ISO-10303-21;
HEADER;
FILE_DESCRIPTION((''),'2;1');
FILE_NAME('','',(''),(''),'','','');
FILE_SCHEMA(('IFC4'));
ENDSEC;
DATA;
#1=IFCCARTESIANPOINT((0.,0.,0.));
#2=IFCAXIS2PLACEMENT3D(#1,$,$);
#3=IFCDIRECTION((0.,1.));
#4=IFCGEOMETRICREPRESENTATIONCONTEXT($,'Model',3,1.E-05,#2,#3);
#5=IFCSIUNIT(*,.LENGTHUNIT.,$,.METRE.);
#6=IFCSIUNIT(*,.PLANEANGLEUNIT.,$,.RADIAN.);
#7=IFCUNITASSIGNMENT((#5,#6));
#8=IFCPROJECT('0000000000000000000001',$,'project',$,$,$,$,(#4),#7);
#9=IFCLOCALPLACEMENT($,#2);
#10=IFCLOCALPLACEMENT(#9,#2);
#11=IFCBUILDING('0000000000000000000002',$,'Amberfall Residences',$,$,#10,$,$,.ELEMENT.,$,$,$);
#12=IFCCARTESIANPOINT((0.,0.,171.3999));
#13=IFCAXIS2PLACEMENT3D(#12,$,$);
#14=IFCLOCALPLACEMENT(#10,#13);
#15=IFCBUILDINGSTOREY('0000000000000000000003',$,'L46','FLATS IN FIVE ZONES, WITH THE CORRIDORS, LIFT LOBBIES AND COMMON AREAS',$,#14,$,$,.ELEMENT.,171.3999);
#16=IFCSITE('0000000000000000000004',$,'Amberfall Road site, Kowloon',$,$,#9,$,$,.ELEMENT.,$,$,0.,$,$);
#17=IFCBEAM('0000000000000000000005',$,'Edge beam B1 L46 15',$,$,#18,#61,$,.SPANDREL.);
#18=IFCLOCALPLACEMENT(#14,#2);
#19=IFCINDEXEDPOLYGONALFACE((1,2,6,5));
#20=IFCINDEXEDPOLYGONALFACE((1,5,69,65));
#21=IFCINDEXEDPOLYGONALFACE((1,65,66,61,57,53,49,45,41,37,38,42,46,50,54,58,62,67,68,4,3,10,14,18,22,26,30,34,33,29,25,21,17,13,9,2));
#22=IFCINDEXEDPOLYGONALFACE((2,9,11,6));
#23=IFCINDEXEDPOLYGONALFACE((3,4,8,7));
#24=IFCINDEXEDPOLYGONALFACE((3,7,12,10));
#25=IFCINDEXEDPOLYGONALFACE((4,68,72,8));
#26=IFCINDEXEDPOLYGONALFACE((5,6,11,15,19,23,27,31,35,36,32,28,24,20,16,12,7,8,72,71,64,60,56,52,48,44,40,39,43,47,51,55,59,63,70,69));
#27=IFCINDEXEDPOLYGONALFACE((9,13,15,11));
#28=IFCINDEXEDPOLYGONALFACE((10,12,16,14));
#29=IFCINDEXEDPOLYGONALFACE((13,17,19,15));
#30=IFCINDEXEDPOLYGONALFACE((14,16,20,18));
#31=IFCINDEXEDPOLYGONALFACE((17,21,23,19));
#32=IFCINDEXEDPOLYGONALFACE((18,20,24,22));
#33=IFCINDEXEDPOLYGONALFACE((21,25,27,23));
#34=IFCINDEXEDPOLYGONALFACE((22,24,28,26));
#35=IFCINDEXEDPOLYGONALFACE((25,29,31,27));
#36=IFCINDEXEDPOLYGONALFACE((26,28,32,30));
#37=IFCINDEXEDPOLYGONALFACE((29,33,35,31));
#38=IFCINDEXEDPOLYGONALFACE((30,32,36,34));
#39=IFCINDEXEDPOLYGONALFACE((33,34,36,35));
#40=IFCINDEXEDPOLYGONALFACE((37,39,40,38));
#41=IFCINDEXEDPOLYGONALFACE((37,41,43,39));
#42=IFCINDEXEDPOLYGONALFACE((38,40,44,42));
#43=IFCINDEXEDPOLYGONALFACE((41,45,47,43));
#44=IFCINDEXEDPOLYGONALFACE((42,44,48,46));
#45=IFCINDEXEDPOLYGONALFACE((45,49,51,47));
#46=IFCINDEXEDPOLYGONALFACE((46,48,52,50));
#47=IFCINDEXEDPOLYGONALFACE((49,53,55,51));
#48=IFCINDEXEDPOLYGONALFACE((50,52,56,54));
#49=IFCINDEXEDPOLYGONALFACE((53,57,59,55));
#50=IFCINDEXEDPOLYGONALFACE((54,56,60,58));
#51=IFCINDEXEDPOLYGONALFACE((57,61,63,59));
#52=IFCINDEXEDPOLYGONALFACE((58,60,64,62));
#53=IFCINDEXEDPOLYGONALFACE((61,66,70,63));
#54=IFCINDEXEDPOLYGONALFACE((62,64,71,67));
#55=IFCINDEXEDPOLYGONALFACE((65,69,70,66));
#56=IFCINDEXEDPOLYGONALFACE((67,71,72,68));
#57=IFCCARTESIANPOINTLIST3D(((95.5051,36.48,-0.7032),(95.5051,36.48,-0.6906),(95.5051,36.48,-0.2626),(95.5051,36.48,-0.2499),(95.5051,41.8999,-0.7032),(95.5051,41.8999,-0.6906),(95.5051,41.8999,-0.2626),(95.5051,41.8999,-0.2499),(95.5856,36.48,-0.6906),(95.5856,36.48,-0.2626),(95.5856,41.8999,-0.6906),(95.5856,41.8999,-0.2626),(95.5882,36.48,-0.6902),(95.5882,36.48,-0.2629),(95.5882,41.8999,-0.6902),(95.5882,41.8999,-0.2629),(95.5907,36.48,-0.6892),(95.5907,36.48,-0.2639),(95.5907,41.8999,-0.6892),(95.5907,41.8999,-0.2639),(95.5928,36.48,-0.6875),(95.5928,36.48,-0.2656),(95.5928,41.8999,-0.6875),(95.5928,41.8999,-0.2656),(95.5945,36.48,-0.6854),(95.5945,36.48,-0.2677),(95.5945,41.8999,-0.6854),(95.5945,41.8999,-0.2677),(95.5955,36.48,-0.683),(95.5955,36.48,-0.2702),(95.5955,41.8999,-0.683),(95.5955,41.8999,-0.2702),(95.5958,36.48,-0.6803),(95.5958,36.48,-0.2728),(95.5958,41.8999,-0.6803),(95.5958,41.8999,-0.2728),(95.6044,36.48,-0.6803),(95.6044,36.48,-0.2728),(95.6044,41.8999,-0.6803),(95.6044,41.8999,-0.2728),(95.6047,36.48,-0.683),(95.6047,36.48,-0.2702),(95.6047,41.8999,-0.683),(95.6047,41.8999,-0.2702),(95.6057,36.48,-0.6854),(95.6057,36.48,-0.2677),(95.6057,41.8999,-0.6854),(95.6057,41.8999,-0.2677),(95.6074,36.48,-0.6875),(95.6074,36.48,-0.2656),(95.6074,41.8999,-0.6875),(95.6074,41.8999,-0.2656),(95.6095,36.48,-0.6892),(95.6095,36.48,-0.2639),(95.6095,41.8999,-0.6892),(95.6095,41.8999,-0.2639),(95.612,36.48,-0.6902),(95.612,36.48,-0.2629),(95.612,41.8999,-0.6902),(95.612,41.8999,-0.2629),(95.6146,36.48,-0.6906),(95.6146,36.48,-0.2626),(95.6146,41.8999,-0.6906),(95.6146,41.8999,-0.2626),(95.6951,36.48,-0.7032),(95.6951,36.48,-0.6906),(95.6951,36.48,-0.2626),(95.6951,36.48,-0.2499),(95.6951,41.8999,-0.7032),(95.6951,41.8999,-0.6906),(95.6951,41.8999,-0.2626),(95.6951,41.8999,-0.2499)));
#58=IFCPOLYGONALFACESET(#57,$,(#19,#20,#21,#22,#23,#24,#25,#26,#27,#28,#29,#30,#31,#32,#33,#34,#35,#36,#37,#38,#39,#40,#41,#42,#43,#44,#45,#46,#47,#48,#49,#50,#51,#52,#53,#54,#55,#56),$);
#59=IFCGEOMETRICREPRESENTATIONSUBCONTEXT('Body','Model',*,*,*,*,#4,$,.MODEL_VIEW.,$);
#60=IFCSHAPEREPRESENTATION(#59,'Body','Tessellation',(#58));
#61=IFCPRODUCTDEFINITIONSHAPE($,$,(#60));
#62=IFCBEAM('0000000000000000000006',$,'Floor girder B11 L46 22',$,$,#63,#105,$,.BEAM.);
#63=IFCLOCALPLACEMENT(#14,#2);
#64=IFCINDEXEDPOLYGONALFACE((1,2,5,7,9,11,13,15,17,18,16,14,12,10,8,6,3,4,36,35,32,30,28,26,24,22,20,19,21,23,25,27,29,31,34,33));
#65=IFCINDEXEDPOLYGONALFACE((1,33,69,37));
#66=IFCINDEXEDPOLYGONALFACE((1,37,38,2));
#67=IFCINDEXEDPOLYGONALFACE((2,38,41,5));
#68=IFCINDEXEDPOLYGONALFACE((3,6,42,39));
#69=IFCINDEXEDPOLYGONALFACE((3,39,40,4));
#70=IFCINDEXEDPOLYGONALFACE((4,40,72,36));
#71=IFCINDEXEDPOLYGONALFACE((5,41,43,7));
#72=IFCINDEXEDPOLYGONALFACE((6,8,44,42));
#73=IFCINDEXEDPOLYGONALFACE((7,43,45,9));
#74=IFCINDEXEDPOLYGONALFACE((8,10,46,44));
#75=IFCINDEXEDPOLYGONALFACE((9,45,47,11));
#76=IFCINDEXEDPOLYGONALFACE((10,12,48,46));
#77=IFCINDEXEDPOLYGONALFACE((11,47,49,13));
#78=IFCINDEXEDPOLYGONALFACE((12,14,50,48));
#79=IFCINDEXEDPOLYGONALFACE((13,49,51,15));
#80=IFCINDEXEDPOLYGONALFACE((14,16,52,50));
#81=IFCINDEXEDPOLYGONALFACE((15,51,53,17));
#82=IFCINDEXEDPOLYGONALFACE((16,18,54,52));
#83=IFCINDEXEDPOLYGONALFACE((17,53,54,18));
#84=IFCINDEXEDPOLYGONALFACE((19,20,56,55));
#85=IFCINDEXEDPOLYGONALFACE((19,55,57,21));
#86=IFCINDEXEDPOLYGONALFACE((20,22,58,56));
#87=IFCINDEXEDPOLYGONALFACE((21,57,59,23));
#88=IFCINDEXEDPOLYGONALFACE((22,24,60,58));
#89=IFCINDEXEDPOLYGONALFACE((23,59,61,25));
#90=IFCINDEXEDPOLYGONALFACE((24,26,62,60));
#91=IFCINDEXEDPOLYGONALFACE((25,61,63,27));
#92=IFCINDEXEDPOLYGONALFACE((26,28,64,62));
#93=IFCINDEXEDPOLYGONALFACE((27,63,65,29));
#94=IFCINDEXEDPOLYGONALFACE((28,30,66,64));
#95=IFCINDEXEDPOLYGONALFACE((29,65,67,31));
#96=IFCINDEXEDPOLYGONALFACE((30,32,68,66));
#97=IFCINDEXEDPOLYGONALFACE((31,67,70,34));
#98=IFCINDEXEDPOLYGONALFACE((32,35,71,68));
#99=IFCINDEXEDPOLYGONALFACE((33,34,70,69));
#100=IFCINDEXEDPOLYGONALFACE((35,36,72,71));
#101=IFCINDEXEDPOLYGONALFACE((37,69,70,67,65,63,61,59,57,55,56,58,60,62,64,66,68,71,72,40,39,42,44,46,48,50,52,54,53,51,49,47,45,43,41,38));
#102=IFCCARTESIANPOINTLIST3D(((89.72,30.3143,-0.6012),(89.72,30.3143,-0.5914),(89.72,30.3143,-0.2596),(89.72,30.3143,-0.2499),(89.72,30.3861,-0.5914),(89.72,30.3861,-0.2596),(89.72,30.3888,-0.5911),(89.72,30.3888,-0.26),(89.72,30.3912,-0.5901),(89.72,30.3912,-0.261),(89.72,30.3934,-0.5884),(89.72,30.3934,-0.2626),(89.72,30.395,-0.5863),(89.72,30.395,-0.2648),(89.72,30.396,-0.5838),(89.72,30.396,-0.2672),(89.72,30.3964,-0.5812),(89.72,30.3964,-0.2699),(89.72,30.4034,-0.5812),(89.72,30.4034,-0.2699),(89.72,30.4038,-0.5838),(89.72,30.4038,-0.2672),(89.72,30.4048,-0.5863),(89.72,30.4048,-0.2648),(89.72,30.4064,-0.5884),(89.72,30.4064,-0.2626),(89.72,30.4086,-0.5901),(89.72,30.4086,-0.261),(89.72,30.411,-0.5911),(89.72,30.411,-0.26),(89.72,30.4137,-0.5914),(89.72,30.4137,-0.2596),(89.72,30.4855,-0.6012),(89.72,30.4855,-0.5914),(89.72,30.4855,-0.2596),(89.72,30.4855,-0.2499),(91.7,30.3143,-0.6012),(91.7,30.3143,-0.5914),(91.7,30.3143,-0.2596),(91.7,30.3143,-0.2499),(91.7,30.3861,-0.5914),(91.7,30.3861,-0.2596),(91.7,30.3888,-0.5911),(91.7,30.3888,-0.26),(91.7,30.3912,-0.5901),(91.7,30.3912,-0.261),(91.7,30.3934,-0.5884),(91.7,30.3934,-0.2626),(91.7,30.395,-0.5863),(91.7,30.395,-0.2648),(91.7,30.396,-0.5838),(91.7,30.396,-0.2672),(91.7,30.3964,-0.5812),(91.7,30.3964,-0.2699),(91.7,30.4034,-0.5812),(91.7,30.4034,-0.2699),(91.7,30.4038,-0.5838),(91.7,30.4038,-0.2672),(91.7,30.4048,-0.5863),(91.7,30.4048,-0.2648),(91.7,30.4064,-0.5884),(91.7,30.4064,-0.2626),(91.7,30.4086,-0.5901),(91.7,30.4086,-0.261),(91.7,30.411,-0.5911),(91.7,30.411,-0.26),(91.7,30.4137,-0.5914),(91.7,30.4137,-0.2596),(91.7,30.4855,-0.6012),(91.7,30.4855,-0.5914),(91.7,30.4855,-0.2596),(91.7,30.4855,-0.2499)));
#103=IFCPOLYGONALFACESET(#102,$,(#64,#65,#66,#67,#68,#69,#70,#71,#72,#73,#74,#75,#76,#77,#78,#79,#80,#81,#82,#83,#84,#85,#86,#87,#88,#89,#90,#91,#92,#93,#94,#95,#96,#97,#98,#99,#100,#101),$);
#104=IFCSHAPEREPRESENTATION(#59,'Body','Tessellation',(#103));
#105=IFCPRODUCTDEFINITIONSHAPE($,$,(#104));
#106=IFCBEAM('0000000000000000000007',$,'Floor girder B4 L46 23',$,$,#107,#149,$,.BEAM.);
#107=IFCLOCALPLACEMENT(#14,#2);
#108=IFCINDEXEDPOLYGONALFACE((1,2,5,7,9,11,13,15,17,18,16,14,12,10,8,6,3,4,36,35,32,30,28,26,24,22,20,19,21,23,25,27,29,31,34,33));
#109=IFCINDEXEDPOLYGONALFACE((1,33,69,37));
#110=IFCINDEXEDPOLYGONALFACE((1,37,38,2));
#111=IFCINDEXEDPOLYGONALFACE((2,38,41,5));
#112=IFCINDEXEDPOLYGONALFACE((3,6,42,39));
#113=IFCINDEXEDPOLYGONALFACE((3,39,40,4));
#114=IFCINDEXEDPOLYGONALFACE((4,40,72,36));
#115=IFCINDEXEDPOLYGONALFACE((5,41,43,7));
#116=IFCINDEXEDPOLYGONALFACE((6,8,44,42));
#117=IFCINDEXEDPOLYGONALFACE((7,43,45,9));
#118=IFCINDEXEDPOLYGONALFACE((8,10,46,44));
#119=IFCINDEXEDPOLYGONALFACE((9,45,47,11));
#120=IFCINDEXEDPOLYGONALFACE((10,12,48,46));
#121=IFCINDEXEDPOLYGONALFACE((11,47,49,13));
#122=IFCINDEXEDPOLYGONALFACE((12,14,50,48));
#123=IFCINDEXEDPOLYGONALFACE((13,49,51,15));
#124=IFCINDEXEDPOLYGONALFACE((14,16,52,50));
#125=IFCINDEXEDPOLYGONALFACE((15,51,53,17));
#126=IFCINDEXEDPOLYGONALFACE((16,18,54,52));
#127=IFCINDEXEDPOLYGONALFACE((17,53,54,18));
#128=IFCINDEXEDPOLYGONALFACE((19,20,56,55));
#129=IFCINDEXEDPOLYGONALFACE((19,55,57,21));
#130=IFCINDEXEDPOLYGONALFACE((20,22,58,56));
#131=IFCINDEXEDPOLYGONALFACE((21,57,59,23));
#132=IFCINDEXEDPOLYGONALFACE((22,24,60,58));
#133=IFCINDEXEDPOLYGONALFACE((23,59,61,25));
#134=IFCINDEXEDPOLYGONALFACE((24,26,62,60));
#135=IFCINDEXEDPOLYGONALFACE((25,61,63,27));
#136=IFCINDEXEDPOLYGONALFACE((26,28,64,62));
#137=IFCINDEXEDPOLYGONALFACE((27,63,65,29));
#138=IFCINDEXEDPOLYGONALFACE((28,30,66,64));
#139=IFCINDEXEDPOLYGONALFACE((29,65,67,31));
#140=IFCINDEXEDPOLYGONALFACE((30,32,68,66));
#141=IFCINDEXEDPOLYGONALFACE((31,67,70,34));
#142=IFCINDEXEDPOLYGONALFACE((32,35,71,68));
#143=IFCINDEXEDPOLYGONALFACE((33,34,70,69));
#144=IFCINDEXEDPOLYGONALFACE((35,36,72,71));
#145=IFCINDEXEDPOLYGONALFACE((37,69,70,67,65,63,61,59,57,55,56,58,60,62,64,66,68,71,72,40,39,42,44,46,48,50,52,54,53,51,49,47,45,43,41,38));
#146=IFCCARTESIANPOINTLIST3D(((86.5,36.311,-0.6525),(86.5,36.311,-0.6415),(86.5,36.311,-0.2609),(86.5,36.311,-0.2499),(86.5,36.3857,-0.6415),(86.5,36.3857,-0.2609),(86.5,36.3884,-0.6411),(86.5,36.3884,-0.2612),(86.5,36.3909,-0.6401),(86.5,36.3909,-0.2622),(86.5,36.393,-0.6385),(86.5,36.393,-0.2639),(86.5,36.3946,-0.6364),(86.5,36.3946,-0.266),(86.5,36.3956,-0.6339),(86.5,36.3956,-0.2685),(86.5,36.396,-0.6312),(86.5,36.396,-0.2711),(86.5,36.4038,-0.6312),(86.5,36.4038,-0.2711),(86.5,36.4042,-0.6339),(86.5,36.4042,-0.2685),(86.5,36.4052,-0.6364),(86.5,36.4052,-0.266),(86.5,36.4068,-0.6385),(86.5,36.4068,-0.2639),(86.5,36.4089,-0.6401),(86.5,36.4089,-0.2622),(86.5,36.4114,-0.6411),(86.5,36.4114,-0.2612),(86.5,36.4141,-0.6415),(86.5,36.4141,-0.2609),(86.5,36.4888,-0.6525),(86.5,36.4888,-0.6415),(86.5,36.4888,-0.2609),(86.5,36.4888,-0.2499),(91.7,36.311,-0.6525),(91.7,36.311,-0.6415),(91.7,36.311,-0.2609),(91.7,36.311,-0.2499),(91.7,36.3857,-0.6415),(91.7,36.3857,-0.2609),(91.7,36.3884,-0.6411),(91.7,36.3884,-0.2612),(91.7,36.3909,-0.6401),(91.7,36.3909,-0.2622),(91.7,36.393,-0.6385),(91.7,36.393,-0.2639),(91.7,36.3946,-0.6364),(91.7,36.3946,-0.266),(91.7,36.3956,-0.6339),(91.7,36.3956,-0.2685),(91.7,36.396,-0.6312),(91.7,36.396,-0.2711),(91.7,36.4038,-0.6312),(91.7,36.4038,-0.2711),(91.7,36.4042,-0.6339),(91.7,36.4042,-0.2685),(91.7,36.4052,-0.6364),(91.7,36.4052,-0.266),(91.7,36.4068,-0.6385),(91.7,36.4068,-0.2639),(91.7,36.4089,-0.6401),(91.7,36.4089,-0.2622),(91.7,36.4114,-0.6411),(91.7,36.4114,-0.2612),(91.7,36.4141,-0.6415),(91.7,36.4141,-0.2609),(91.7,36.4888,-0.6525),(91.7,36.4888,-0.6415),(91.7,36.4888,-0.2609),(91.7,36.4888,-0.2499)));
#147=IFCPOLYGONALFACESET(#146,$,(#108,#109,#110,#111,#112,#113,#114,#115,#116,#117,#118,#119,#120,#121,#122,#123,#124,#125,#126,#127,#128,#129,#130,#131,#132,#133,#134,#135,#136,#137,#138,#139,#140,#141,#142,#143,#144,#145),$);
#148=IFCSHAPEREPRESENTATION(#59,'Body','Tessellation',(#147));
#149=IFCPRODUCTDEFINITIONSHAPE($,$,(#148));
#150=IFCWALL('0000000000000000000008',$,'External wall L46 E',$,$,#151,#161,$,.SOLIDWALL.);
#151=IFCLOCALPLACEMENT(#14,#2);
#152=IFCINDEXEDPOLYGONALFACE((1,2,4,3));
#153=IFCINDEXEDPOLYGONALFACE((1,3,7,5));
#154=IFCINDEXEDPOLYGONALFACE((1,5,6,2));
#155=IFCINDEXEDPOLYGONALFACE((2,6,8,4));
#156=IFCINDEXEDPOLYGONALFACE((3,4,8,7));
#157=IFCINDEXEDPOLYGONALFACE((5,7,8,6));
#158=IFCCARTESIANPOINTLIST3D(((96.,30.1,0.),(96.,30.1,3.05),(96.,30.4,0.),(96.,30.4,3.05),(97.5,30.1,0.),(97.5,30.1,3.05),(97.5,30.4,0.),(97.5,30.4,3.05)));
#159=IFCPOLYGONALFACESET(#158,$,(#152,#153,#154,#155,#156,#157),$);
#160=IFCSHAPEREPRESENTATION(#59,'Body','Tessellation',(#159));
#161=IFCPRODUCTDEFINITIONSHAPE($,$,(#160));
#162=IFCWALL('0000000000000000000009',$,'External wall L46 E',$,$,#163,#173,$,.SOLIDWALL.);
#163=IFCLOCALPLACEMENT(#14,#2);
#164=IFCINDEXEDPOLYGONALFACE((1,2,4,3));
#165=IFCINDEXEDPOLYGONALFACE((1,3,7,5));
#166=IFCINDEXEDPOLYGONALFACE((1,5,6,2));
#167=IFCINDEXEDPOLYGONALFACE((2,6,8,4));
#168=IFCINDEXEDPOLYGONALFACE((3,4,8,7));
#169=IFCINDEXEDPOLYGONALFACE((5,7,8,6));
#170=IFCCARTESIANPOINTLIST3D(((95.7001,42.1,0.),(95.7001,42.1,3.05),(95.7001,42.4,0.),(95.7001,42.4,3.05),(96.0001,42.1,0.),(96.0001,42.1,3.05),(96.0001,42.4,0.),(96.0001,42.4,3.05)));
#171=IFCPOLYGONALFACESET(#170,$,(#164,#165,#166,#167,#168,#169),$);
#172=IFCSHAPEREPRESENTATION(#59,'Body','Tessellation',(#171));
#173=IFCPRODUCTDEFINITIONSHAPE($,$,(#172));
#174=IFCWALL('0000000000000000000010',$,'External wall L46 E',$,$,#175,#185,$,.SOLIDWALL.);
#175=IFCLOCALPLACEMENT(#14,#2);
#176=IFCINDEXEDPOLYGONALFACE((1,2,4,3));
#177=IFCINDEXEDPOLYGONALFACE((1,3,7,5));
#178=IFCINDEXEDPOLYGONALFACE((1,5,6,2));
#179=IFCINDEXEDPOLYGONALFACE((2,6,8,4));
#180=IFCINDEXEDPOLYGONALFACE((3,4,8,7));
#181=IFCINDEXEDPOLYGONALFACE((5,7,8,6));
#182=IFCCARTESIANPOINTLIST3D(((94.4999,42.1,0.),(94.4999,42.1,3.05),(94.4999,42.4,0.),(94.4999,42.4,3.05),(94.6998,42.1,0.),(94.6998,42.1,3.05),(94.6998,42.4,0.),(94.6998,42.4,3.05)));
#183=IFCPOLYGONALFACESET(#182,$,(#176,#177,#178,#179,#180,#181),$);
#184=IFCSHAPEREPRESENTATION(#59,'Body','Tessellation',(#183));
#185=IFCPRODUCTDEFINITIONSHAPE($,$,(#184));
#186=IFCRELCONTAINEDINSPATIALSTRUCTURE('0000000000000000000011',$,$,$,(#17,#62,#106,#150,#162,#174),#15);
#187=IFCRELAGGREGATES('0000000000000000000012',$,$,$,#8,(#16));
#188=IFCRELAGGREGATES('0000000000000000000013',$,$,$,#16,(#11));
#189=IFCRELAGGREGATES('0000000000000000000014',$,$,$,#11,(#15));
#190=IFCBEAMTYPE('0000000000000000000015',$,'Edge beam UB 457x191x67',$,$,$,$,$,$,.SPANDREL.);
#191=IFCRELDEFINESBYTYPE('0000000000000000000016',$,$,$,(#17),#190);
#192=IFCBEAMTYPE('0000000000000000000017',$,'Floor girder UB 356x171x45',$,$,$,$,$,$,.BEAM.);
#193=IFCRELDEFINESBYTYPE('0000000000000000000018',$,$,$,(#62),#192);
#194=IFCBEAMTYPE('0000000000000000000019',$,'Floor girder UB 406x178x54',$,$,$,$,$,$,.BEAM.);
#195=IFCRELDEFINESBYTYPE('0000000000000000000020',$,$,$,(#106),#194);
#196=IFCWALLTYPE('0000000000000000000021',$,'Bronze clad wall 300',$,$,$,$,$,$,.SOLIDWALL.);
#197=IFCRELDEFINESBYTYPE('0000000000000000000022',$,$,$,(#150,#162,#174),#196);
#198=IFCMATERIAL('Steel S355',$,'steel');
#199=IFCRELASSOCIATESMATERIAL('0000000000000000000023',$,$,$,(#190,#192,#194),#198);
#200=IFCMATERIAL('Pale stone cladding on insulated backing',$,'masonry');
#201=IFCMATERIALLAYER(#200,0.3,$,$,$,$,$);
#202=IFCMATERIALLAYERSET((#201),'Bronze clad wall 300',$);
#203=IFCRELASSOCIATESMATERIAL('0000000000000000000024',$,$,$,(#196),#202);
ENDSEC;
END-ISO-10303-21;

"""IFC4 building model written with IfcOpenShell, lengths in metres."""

from ifc_helpers import new_model, si_unit, direction, frame, frame_2d, origin, origin_2d, place, context, subcontext, project, spatial, rectangle, i_section, extrude, material, layer, layer_set, material_profile, profile_set, type_object, element, save


model = new_model("IFC4")

# Units and contexts
model_context = context("Model", 3, precision=1e-05, world=origin(), true_north=direction((0.0, 1.0)))
body_context = subcontext(model_context, "Body", "Model", "MODEL_VIEW")
ifc_project = project(units=[si_unit("LENGTHUNIT", "METRE"), si_unit("PLANEANGLEUNIT", "RADIAN")], contexts=[model_context])

# Site, building, storey
site_placement = place(None, origin())
site = spatial("IfcSite", under=ifc_project, at=site_placement, Name="Amberfall Road site, Kowloon", CompositionType="ELEMENT", RefElevation=0.0)
building_placement = place(site_placement, origin())
building = spatial("IfcBuilding", under=site, at=building_placement, Name="Amberfall Residences", CompositionType="ELEMENT")
storey_placement = place(building_placement, frame((0.0, 0.0, 171.3999)))
storey = spatial("IfcBuildingStorey", under=building, at=storey_placement, Name="L46", Description="FLATS IN FIVE ZONES, WITH THE CORRIDORS, LIFT LOBBIES AND COMMON AREAS", CompositionType="ELEMENT", Elevation=171.3999)

# Beams
ifc_material_1 = material(Name="Steel S355", Category="steel")
ifc_material_profile_1 = material_profile(ifc_material_1, i_section(OverallWidth=0.1899, OverallDepth=0.4534, WebThickness=0.0085, FlangeThickness=0.0127, FilletRadius=0.0103, at=origin_2d()), Name="UB 457x191x67")
ifc_profile_set_1 = profile_set([ifc_material_profile_1], Name="Steel S355")
beam_type_1 = type_object("IfcBeamType", Name="Edge beam UB 457x191x67", PredefinedType="SPANDREL", material=ifc_profile_set_1)
beam_1_placement = place(storey_placement, frame((95.6001, 36.48, -0.4766), z_axis=(0.0, 1.0, 0.0), x_axis=(-1.0, 0.0, 0.0)))
element("IfcBeam", 1, at=beam_1_placement, inside=storey, type_object=beam_type_1, Name="Edge beam B1 L46 15", PredefinedType="SPANDREL", context=body_context, shape_type="SweptSolid", body=[
    extrude(i_section(OverallWidth=0.1899, OverallDepth=0.4534, WebThickness=0.0085, FlangeThickness=0.0127, FilletRadius=0.0103, at=origin_2d()), origin(), (0.0, 0.0, 1.0), 5.4199),
])
ifc_material_profile_2 = material_profile(ifc_material_1, i_section(OverallWidth=0.1711, OverallDepth=0.3513, WebThickness=0.0071, FlangeThickness=0.0098, FilletRadius=0.0103, at=origin_2d()), Name="UB 356x171x45")
ifc_profile_set_2 = profile_set([ifc_material_profile_2], Name="Steel S355")
beam_type_2 = type_object("IfcBeamType", Name="Floor girder UB 356x171x45", PredefinedType="BEAM", material=ifc_profile_set_2)
beam_2_placement = place(storey_placement, frame((91.7, 30.3999, -0.4255), z_axis=(-1.0, 0.0, 0.0), x_axis=(0.0, -1.0, 0.0)))
element("IfcBeam", 2, at=beam_2_placement, inside=storey, type_object=beam_type_2, Name="Floor girder B11 L46 22", PredefinedType="BEAM", context=body_context, shape_type="SweptSolid", body=[
    extrude(i_section(OverallWidth=0.1711, OverallDepth=0.3513, WebThickness=0.0071, FlangeThickness=0.0098, FilletRadius=0.0103, at=origin_2d()), origin(), (0.0, 0.0, 1.0), 1.98),
])
ifc_material_profile_3 = material_profile(ifc_material_1, i_section(OverallWidth=0.1777, OverallDepth=0.4026, WebThickness=0.0078, FlangeThickness=0.011, FilletRadius=0.0103, at=origin_2d()), Name="UB 406x178x54")
ifc_profile_set_3 = profile_set([ifc_material_profile_3], Name="Steel S355")
beam_type_3 = type_object("IfcBeamType", Name="Floor girder UB 406x178x54", PredefinedType="BEAM", material=ifc_profile_set_3)
beam_3_placement = place(storey_placement, frame((91.7, 36.3999, -0.4512), z_axis=(-1.0, 0.0, 0.0), x_axis=(0.0, -1.0, 0.0)))
element("IfcBeam", 3, at=beam_3_placement, inside=storey, type_object=beam_type_3, Name="Floor girder B4 L46 23", PredefinedType="BEAM", context=body_context, shape_type="SweptSolid", body=[
    extrude(i_section(OverallWidth=0.1777, OverallDepth=0.4026, WebThickness=0.0078, FlangeThickness=0.011, FilletRadius=0.0103, at=origin_2d()), origin(), (0.0, 0.0, 1.0), 5.2),
])

# Walls
ifc_material_2 = material(Name="Pale stone cladding on insulated backing", Category="masonry")
ifc_layer_1 = layer(ifc_material_2, 0.3)
ifc_layer_set_1 = layer_set([ifc_layer_1], Name="Bronze clad wall 300")
wall_type_1 = type_object("IfcWallType", Name="Bronze clad wall 300", PredefinedType="SOLIDWALL", material=ifc_layer_set_1)
wall_1_placement = place(storey_placement, frame((97.5, 30.25, 0.0), z_axis=(0.0, 0.0, 1.0), x_axis=(-1.0, 0.0, 0.0)))
element("IfcWall", 4, at=wall_1_placement, inside=storey, type_object=wall_type_1, Name="External wall L46 E", PredefinedType="SOLIDWALL", context=body_context, shape_type="SweptSolid", body=[
    extrude(rectangle(XDim=1.5, YDim=0.3, at=frame_2d((0.75, 0.0))), origin(), (0.0, 0.0, 1.0), 3.05),
])
wall_2_placement = place(storey_placement, frame((96.0, 42.25, 0.0), z_axis=(0.0, 0.0, 1.0), x_axis=(-1.0, 0.0, 0.0)))
element("IfcWall", 5, at=wall_2_placement, inside=storey, type_object=wall_type_1, Name="External wall L46 E", PredefinedType="SOLIDWALL", context=body_context, shape_type="SweptSolid", body=[
    extrude(rectangle(XDim=0.3, YDim=0.3, at=frame_2d((0.1499, 0.0))), origin(), (0.0, 0.0, 1.0), 3.05),
])
wall_3_placement = place(storey_placement, frame((94.7, 42.25, 0.0), z_axis=(0.0, 0.0, 1.0), x_axis=(-1.0, 0.0, 0.0)))
element("IfcWall", 6, at=wall_3_placement, inside=storey, type_object=wall_type_1, Name="External wall L46 E", PredefinedType="SOLIDWALL", context=body_context, shape_type="SweptSolid", body=[
    extrude(rectangle(XDim=0.2, YDim=0.3, at=frame_2d((0.1001, 0.0))), origin(), (0.0, 0.0, 1.0), 3.05),
])

save(model, "model.ifc")
